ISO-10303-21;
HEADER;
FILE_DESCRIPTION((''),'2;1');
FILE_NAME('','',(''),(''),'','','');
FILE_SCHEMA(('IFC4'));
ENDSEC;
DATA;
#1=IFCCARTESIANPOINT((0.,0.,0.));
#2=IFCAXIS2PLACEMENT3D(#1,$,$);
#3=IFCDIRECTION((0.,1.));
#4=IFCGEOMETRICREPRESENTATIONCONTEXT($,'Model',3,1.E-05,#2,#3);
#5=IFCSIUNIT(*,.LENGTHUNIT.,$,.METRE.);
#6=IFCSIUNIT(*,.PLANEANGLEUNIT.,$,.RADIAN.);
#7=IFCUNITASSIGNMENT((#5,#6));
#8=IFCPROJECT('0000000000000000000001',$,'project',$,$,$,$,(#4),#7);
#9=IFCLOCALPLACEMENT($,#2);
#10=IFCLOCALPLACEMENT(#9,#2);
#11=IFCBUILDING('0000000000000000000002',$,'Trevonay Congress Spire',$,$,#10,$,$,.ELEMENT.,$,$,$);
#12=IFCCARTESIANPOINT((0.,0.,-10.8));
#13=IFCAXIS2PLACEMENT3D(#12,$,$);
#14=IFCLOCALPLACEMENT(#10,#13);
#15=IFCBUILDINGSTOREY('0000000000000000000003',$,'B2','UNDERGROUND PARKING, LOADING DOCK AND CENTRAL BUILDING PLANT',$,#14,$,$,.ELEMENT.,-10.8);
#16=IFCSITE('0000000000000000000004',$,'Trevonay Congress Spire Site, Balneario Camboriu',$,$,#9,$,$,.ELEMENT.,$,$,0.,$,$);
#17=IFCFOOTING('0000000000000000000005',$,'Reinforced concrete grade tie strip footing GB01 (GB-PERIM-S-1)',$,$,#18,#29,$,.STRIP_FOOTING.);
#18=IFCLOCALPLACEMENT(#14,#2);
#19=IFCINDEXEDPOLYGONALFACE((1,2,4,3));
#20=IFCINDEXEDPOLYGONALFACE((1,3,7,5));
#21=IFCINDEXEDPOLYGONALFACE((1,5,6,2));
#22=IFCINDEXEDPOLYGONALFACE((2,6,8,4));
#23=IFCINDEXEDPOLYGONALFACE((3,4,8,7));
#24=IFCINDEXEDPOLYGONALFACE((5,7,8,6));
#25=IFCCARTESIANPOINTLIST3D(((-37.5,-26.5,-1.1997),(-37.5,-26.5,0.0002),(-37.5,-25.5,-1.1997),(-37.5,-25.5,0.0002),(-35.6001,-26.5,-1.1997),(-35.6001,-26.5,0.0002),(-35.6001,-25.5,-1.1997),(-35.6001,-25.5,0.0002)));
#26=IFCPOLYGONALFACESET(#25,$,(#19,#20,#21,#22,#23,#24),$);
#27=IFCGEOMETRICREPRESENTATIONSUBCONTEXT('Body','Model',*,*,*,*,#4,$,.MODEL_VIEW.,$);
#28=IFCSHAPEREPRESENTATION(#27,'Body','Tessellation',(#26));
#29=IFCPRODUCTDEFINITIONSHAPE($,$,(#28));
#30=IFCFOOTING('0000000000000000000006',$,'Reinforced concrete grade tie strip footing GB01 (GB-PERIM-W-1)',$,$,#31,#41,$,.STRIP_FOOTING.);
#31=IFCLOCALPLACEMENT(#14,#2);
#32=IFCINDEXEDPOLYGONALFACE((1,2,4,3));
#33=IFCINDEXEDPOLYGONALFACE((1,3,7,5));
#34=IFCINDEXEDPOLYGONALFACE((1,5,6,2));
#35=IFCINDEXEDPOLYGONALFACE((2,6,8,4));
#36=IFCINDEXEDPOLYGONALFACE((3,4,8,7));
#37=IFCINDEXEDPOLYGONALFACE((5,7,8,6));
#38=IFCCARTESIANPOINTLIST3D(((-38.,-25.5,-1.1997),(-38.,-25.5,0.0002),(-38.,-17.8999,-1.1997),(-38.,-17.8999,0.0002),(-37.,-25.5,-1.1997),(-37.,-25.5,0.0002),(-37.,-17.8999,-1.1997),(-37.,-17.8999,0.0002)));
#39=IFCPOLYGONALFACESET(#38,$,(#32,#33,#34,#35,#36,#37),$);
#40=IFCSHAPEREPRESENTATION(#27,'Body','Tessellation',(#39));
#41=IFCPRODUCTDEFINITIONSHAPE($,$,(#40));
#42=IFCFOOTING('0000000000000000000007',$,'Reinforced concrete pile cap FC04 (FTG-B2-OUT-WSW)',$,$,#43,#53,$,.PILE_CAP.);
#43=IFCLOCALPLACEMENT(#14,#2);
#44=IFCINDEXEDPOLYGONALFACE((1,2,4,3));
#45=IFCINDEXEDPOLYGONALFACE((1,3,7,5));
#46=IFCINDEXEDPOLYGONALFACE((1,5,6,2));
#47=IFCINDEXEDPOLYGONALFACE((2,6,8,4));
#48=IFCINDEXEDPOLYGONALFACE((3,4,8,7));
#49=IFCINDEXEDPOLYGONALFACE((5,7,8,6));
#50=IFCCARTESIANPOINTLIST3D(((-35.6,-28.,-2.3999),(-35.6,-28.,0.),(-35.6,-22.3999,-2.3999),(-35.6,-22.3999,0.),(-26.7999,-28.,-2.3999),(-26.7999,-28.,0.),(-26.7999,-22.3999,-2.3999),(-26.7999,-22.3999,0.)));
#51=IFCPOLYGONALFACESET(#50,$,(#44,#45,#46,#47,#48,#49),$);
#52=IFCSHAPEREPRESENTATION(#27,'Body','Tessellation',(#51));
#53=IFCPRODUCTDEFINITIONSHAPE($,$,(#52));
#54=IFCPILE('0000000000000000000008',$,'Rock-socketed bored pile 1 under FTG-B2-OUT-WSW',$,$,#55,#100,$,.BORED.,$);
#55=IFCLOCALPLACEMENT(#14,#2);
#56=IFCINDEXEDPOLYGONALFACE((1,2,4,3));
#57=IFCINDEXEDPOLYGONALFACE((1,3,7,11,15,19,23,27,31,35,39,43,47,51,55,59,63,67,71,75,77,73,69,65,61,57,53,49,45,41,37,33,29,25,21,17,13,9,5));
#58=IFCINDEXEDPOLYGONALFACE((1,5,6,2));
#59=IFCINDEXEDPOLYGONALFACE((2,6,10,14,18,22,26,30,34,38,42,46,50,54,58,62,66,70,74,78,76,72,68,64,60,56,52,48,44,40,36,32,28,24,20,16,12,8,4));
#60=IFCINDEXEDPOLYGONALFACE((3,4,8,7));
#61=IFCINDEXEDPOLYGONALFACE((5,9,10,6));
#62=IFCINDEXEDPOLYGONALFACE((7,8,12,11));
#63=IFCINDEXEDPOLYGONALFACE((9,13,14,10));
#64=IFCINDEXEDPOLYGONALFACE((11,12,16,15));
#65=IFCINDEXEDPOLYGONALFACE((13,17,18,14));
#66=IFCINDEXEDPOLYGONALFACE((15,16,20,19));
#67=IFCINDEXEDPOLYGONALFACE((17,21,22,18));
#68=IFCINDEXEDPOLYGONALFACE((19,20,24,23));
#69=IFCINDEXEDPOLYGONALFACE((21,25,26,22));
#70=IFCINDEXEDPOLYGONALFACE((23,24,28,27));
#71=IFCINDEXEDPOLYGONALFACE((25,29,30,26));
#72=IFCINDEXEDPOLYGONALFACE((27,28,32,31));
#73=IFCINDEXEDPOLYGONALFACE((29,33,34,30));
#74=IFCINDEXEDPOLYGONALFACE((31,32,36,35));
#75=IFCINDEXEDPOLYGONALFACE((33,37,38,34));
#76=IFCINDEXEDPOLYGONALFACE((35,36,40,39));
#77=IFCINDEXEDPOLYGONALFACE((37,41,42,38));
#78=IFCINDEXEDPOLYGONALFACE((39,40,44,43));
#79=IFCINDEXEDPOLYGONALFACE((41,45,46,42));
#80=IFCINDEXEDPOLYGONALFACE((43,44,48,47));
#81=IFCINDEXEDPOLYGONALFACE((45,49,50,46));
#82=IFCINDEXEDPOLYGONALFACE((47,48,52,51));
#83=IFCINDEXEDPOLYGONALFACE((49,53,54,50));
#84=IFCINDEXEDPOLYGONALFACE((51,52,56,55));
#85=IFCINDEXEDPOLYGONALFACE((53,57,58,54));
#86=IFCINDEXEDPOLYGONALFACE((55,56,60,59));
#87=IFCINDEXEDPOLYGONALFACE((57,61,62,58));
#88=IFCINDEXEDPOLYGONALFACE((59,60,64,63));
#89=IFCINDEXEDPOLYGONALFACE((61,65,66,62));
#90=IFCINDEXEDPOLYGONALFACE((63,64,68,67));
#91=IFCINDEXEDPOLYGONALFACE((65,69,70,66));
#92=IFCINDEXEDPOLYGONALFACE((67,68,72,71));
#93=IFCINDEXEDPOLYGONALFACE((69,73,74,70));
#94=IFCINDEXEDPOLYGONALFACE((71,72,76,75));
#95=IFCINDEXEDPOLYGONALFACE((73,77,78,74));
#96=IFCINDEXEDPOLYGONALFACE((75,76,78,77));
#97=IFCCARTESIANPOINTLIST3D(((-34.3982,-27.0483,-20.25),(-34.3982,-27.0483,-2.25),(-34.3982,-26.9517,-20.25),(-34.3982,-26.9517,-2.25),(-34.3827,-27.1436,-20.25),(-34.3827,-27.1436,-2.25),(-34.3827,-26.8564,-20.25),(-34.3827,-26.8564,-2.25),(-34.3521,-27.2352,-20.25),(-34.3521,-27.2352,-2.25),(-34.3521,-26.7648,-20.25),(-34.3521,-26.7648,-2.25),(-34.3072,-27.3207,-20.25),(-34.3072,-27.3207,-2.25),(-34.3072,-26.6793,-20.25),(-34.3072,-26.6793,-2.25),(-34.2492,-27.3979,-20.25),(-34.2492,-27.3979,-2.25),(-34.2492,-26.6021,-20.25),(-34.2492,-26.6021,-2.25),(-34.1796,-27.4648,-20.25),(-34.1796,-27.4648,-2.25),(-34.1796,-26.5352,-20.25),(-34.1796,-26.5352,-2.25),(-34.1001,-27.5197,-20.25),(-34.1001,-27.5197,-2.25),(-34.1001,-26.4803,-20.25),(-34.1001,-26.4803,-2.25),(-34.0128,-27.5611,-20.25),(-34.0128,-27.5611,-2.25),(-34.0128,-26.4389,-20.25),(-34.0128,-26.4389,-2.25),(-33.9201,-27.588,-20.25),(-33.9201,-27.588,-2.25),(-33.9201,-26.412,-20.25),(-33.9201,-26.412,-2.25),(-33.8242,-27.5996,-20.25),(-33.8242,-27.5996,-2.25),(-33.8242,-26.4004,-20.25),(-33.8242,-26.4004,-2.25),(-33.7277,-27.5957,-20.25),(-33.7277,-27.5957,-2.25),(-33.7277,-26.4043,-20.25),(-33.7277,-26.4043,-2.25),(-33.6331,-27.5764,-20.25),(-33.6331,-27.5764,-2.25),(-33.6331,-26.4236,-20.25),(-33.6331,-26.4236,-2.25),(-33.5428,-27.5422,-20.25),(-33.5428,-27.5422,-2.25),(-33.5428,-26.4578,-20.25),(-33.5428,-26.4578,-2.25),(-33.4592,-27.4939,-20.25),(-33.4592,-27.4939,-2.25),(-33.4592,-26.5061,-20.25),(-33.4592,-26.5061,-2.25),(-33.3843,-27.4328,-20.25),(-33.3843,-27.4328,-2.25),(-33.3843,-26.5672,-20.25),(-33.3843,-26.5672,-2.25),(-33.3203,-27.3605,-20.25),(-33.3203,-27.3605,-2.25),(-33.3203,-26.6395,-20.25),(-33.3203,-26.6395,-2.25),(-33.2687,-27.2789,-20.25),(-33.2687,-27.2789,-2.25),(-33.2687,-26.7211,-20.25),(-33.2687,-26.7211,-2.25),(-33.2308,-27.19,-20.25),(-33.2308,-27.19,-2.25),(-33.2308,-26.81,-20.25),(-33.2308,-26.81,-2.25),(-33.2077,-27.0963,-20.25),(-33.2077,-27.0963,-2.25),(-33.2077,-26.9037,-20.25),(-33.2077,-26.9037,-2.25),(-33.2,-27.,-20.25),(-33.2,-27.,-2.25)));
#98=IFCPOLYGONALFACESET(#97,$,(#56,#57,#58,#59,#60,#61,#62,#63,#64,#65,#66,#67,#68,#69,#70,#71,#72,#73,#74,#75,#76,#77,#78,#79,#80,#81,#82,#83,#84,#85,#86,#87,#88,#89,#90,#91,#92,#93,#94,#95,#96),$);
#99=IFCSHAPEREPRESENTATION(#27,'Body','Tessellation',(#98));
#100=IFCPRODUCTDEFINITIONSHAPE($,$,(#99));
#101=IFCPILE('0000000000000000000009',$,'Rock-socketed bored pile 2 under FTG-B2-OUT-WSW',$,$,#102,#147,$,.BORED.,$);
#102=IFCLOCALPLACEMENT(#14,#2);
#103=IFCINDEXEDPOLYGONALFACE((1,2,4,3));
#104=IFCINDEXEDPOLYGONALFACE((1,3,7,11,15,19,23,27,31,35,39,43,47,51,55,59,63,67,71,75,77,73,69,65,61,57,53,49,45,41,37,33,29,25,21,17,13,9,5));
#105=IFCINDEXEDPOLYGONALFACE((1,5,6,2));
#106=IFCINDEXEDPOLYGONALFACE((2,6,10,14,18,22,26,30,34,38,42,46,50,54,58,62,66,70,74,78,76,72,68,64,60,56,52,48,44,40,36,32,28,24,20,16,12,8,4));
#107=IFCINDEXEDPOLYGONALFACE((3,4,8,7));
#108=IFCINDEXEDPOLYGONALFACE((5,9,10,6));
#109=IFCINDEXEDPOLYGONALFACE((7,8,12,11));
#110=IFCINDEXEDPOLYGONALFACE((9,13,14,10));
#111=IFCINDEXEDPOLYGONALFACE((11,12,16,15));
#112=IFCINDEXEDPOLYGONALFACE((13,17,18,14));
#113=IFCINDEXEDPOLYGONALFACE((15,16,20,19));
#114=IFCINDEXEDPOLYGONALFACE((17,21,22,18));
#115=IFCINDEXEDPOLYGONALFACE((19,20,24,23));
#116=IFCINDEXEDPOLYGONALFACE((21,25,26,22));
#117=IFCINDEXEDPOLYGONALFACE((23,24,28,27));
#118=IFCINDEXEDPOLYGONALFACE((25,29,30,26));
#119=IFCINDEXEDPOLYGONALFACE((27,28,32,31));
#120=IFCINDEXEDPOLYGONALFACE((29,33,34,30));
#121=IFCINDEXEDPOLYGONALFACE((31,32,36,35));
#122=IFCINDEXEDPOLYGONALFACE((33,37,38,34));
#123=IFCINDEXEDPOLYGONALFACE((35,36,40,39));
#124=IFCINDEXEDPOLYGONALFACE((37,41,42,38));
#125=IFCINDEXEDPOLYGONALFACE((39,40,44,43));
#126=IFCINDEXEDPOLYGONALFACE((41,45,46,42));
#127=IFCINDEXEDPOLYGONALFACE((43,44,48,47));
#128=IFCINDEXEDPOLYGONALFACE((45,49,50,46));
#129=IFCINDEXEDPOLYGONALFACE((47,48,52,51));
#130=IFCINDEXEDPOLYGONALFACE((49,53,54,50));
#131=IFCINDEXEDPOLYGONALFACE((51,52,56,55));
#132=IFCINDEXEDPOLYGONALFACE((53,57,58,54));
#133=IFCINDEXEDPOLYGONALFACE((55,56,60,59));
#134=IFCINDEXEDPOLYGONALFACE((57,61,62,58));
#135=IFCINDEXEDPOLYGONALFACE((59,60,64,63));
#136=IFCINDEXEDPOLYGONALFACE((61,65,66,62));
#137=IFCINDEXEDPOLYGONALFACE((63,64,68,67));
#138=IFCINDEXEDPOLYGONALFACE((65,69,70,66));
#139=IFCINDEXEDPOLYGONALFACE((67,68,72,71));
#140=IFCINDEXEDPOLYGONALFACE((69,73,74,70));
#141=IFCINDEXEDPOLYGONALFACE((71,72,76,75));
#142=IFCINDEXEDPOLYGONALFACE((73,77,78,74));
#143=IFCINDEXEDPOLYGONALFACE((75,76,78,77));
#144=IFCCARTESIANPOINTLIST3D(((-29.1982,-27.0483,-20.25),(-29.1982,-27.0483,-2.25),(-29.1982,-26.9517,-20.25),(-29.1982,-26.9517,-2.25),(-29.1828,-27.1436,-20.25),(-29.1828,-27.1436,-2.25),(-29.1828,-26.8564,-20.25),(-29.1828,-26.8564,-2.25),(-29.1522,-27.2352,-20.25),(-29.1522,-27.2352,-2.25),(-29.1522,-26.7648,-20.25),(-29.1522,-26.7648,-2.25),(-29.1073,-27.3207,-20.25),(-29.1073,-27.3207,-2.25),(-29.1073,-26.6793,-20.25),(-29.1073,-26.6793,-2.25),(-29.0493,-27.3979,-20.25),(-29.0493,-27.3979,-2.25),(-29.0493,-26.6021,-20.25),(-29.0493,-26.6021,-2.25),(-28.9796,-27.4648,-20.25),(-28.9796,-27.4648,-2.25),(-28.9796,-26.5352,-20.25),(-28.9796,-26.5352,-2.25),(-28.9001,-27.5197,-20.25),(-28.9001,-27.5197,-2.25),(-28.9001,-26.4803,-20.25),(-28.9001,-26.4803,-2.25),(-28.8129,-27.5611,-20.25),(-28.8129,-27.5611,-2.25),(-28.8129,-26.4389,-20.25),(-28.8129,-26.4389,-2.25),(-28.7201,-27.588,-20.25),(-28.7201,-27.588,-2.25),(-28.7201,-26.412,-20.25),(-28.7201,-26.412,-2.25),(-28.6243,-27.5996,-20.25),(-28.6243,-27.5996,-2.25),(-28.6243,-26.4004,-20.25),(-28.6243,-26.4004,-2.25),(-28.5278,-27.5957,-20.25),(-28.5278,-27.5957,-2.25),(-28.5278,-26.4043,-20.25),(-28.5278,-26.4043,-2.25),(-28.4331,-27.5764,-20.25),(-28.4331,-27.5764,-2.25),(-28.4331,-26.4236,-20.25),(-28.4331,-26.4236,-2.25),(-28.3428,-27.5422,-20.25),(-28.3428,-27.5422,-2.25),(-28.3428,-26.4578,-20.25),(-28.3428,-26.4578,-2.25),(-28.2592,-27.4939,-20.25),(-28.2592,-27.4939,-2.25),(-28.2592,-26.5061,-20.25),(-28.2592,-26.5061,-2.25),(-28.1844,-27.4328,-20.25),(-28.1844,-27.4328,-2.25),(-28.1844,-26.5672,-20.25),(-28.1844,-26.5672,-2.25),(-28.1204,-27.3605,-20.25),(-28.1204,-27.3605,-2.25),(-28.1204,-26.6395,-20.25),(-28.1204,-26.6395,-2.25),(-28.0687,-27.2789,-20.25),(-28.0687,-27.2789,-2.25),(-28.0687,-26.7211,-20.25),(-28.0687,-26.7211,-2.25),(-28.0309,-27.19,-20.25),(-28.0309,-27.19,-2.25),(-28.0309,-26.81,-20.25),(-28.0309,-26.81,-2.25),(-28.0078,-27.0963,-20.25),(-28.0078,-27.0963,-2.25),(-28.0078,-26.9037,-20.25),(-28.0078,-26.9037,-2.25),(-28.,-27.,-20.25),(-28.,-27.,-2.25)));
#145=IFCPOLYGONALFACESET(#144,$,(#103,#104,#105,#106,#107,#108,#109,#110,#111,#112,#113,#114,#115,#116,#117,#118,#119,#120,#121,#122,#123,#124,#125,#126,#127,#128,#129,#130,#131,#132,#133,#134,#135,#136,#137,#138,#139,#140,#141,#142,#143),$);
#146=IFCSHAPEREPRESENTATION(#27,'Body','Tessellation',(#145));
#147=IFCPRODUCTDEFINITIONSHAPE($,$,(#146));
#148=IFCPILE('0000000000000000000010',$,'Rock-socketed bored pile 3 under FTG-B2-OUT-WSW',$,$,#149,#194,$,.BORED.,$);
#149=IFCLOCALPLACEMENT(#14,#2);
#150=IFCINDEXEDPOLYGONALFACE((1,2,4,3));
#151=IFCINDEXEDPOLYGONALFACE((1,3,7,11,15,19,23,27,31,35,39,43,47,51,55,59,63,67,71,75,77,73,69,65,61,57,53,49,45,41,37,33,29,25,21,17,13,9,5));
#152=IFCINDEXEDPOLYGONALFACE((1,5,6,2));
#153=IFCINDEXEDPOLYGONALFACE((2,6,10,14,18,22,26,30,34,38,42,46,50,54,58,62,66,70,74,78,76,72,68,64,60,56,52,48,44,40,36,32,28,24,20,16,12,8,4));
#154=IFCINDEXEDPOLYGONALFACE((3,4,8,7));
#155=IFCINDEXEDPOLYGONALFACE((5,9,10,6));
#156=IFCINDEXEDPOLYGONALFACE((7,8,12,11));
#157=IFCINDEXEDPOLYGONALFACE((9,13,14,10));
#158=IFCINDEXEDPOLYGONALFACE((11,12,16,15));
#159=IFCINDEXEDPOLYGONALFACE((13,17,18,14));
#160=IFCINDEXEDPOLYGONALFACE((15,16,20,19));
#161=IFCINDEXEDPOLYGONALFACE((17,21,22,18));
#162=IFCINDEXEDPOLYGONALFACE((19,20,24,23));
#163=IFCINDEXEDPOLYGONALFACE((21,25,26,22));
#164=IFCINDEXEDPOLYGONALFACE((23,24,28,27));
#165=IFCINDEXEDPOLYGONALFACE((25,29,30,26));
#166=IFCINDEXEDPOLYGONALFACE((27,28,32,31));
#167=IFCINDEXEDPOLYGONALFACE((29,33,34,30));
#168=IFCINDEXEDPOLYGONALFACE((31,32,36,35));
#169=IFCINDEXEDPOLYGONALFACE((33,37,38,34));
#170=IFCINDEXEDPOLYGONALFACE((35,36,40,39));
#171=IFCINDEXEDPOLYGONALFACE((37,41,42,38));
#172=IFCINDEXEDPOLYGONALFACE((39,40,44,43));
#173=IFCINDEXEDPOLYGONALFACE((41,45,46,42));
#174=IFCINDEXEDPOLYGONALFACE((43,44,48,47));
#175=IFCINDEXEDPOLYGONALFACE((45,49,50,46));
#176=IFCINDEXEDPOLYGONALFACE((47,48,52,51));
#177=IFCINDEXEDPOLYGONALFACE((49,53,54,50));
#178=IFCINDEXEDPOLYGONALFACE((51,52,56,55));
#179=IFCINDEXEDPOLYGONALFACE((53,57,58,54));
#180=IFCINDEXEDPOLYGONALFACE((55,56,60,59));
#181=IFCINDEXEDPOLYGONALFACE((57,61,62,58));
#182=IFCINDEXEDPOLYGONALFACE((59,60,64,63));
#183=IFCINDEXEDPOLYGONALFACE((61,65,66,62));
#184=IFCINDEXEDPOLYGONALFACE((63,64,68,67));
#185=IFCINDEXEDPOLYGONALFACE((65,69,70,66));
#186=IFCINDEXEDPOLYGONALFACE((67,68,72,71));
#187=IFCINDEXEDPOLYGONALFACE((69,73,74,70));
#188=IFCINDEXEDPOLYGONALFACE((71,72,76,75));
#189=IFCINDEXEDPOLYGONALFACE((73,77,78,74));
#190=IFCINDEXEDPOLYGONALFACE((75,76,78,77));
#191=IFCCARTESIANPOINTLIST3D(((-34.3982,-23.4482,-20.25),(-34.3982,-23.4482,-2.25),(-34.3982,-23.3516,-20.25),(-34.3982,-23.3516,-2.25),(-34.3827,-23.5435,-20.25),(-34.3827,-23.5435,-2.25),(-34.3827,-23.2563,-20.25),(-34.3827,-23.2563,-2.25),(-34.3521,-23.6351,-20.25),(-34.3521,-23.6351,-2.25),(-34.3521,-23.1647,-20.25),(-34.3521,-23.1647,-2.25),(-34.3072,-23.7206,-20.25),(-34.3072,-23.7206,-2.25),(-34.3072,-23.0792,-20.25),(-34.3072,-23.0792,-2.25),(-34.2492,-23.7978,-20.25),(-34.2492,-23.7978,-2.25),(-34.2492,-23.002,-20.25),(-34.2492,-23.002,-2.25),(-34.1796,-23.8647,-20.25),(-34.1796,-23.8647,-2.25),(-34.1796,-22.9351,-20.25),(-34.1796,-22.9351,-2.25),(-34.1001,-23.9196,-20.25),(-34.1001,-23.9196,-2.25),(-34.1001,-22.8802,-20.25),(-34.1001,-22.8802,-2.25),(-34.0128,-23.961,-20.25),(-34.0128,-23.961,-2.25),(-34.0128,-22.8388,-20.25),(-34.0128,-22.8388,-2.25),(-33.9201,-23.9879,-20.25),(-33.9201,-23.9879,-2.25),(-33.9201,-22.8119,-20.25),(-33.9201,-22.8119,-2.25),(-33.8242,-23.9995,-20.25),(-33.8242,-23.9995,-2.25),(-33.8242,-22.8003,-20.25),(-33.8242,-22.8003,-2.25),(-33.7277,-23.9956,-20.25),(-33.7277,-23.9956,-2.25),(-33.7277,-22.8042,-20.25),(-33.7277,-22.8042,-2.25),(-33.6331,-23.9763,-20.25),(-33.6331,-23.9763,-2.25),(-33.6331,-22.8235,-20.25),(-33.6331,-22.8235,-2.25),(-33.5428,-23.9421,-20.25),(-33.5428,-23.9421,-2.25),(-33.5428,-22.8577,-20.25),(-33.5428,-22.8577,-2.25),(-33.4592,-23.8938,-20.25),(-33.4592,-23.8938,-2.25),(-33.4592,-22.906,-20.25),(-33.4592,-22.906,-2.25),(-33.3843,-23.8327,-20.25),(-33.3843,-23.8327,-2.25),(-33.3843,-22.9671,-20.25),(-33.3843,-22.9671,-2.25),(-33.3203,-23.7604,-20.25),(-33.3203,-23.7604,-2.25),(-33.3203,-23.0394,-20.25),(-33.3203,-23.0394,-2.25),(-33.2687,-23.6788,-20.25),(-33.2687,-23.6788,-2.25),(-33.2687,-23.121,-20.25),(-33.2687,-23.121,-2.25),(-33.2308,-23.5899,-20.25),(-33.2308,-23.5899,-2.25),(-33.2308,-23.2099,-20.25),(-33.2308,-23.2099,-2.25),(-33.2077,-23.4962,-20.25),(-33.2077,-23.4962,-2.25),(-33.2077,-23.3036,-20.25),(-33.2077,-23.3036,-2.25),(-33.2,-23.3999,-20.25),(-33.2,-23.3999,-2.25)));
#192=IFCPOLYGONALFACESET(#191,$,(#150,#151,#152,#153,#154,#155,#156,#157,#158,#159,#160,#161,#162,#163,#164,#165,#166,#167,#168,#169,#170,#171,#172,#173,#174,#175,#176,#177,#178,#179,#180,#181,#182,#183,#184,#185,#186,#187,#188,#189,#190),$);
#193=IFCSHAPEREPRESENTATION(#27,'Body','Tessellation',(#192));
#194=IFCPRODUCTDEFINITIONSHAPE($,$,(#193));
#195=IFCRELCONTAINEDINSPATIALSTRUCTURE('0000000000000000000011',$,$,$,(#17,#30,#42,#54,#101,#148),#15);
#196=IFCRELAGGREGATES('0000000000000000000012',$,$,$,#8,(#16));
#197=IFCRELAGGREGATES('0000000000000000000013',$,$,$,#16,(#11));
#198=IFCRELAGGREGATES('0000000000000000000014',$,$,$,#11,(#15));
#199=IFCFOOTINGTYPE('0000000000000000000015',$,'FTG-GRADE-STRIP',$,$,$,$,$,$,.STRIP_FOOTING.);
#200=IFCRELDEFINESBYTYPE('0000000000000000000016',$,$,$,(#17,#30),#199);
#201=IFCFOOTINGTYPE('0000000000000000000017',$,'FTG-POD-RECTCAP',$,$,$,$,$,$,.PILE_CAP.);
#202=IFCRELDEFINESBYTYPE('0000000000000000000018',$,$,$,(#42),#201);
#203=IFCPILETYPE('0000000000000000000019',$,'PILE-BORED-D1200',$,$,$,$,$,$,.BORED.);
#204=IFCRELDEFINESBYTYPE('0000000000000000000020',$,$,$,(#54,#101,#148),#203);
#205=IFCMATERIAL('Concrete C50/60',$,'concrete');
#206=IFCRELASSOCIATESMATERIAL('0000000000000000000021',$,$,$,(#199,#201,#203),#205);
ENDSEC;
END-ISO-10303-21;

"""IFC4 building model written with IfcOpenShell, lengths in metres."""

from ifc_helpers import new_model, si_unit, direction, frame, origin, origin_2d, place, context, subcontext, project, spatial, rectangle, circle, extrude, material, material_profile, profile_set, type_object, element, save


model = new_model("IFC4")

# Units and contexts
model_context = context("Model", 3, precision=1e-05, world=origin(), true_north=direction((0.0, 1.0)))
body_context = subcontext(model_context, "Body", "Model", "MODEL_VIEW")
ifc_project = project(units=[si_unit("LENGTHUNIT", "METRE"), si_unit("PLANEANGLEUNIT", "RADIAN")], contexts=[model_context])

# Site, building, storey
site_placement = place(None, origin())
site = spatial("IfcSite", under=ifc_project, at=site_placement, Name="Trevonay Congress Spire Site, Balneario Camboriu", CompositionType="ELEMENT", RefElevation=0.0)
building_placement = place(site_placement, origin())
building = spatial("IfcBuilding", under=site, at=building_placement, Name="Trevonay Congress Spire", CompositionType="ELEMENT")
storey_placement = place(building_placement, frame((0.0, 0.0, -10.8)))
storey = spatial("IfcBuildingStorey", under=building, at=storey_placement, Name="B2", Description="UNDERGROUND PARKING, LOADING DOCK AND CENTRAL BUILDING PLANT", CompositionType="ELEMENT", Elevation=-10.8)

# Footings
ifc_material_1 = material(Name="Concrete C50/60", Category="concrete")
footing_type_1 = type_object("IfcFootingType", Name="FTG-GRADE-STRIP", PredefinedType="STRIP_FOOTING", material=ifc_material_1)
footing_1_placement = place(storey_placement, frame((-36.55, -26.0, -1.1997), z_axis=(0.0, 0.0, 1.0), x_axis=(1.0, 0.0, 0.0)))
element("IfcFooting", 1, at=footing_1_placement, inside=storey, type_object=footing_type_1, Name="Reinforced concrete grade tie strip footing GB01 (GB-PERIM-S-1)", PredefinedType="STRIP_FOOTING", context=body_context, shape_type="SweptSolid", body=[
    extrude(rectangle(XDim=1.8999, YDim=1.0, at=origin_2d()), origin(), (0.0, 0.0, 1.0), 1.2),
])
footing_2_placement = place(storey_placement, frame((-37.5, -21.7, -1.1997), z_axis=(0.0, 0.0, 1.0), x_axis=(0.0, 1.0, 0.0)))
element("IfcFooting", 2, at=footing_2_placement, inside=storey, type_object=footing_type_1, Name="Reinforced concrete grade tie strip footing GB01 (GB-PERIM-W-1)", PredefinedType="STRIP_FOOTING", context=body_context, shape_type="SweptSolid", body=[
    extrude(rectangle(XDim=7.6001, YDim=1.0, at=origin_2d()), origin(), (0.0, 0.0, 1.0), 1.2),
])
footing_type_2 = type_object("IfcFootingType", Name="FTG-POD-RECTCAP", PredefinedType="PILE_CAP", material=ifc_material_1)
footing_3_placement = place(storey_placement, frame((-31.2, -25.2, -2.3999), z_axis=(0.0, 0.0, 1.0), x_axis=(1.0, 0.0, 0.0)))
element("IfcFooting", 3, at=footing_3_placement, inside=storey, type_object=footing_type_2, Name="Reinforced concrete pile cap FC04 (FTG-B2-OUT-WSW)", PredefinedType="PILE_CAP", context=body_context, shape_type="SweptSolid", body=[
    extrude(rectangle(XDim=8.8, YDim=5.6001, at=origin_2d()), origin(), (0.0, 0.0, 1.0), 2.3999),
])

# Piles
ifc_material_profile_1 = material_profile(ifc_material_1, circle(Radius=0.6001, at=origin_2d()), Name="PILE D1200")
ifc_profile_set_1 = profile_set([ifc_material_profile_1], Name="Concrete C50/60")
pile_type_1 = type_object("IfcPileType", Name="PILE-BORED-D1200", PredefinedType="BORED", material=ifc_profile_set_1)
for number, where, z_axis, x_axis, name in (
    (4, (-33.8, -27.0, -2.25), (0.0, 0.0, -1.0), (1.0, 0.0, 0.0), "Rock-socketed bored pile 1 under FTG-B2-OUT-WSW"),
    (5, (-28.6001, -27.0, -2.25), (0.0, 0.0, -1.0), (1.0, 0.0, 0.0), "Rock-socketed bored pile 2 under FTG-B2-OUT-WSW"),
    (6, (-33.8, -23.3999, -2.25), (0.0, 0.0, -1.0), (1.0, 0.0, 0.0), "Rock-socketed bored pile 3 under FTG-B2-OUT-WSW"),
):
    element("IfcPile", number, at=place(storey_placement, frame(where, z_axis=z_axis, x_axis=x_axis)), inside=storey, type_object=pile_type_1, Name=name, PredefinedType="BORED", context=body_context, shape_type="SweptSolid", body=[
        extrude(circle(Radius=0.6001, at=origin_2d()), origin(), (0.0, 0.0, 1.0), 18.0),
    ])

save(model, "model.ifc")
